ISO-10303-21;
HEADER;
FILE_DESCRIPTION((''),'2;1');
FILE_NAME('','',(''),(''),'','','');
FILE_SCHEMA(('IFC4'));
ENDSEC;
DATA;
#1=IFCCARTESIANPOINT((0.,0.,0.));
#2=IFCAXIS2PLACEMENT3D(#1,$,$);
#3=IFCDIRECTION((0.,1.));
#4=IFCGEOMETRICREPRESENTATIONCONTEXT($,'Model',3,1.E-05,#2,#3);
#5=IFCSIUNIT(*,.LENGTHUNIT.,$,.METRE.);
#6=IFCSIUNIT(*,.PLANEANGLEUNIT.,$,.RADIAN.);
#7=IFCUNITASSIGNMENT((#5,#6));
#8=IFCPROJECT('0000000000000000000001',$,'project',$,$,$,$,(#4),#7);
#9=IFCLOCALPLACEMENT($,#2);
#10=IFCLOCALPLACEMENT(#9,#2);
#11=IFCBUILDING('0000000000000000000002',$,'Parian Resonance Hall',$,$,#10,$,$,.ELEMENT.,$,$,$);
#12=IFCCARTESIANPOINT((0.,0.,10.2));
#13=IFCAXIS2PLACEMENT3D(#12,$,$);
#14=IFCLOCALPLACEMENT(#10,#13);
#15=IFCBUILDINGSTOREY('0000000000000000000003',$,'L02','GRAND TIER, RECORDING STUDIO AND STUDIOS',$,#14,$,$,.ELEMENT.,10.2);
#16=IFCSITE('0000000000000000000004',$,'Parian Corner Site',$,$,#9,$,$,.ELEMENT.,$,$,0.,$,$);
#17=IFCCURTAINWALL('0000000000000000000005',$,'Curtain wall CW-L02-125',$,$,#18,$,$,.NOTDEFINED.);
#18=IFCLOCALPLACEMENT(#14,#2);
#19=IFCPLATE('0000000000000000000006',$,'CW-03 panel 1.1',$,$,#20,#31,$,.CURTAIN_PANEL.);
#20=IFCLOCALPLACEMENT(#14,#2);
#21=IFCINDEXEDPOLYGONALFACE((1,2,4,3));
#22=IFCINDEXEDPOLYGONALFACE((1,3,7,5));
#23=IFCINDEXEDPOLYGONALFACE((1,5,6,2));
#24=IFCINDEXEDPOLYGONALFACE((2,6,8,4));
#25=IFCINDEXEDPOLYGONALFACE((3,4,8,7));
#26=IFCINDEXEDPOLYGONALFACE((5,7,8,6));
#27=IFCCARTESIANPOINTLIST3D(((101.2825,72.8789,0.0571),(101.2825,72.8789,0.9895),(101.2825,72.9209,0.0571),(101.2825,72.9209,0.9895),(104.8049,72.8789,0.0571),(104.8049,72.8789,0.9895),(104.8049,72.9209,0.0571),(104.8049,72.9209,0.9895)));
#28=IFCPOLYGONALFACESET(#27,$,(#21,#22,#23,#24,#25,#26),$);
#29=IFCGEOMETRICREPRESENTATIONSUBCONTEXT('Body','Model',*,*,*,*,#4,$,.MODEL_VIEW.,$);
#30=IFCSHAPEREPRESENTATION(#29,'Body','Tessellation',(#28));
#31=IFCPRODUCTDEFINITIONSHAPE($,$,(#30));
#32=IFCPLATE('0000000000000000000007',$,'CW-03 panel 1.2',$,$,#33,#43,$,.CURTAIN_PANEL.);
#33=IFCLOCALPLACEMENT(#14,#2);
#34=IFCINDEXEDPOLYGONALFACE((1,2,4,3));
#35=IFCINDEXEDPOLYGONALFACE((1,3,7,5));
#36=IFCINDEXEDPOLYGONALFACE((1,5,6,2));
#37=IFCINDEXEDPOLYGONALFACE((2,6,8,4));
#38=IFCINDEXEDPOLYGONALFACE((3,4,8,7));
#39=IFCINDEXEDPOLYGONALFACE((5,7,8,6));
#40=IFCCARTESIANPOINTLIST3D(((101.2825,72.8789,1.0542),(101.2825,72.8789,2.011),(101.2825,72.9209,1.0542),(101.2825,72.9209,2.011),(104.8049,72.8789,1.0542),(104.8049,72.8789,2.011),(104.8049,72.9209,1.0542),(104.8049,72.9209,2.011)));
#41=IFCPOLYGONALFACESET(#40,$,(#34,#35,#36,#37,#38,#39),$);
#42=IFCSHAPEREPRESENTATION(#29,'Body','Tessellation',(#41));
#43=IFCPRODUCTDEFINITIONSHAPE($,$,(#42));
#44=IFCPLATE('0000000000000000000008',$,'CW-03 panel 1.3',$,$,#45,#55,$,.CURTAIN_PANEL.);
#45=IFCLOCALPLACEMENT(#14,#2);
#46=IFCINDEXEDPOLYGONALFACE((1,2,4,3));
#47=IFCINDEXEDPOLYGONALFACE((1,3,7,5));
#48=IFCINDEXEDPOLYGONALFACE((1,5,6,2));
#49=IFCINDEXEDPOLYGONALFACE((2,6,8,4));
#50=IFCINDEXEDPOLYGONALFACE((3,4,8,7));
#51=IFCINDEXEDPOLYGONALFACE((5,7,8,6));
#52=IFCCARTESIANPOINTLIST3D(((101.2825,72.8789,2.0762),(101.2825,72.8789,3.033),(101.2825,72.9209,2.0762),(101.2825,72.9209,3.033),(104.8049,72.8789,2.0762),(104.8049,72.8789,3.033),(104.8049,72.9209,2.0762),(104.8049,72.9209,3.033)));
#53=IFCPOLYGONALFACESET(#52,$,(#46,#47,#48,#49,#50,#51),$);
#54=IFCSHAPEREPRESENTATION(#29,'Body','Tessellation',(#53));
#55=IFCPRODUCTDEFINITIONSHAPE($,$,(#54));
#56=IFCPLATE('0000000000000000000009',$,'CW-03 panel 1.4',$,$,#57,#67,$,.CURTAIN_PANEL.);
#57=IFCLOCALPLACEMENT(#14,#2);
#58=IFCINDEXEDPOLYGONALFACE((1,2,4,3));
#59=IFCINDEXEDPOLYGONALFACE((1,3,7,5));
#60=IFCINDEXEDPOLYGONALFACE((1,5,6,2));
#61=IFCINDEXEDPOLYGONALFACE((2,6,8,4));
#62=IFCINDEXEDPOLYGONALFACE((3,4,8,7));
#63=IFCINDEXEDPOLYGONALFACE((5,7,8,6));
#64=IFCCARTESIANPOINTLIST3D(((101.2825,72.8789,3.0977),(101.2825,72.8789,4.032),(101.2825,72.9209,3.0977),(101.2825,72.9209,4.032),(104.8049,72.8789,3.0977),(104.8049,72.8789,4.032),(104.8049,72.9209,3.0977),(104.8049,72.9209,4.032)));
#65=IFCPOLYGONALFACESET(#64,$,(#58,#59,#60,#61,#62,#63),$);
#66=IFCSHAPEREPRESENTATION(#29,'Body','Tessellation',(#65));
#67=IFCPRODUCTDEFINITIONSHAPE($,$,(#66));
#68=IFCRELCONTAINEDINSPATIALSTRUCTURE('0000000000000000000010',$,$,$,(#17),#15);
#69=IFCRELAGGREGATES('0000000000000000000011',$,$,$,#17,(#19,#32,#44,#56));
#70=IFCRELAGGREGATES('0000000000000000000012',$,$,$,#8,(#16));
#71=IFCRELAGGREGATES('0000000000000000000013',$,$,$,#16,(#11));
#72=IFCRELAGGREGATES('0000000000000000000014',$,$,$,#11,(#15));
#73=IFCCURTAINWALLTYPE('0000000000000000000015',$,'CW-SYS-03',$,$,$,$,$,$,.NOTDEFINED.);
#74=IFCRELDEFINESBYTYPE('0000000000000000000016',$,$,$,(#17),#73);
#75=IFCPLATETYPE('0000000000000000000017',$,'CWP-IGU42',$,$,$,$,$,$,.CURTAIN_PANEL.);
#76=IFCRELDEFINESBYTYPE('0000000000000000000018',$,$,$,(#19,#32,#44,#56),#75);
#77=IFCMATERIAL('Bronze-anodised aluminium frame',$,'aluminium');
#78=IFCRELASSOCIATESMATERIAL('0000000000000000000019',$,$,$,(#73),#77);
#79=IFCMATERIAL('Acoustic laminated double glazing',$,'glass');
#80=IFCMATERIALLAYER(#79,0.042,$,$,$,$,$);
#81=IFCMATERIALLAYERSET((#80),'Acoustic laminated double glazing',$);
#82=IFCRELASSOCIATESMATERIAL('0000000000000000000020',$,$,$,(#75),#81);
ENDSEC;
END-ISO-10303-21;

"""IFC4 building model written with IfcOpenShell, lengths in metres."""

from ifc_helpers import new_model, si_unit, direction, frame, origin, origin_2d, place, context, subcontext, project, spatial, rectangle, extrude, material, layer, layer_set, type_object, element, aggregate, save


model = new_model("IFC4")

# Units and contexts
model_context = context("Model", 3, precision=1e-05, world=origin(), true_north=direction((0.0, 1.0)))
body_context = subcontext(model_context, "Body", "Model", "MODEL_VIEW")
ifc_project = project(units=[si_unit("LENGTHUNIT", "METRE"), si_unit("PLANEANGLEUNIT", "RADIAN")], contexts=[model_context])

# Site, building, storey
site_placement = place(None, origin())
site = spatial("IfcSite", under=ifc_project, at=site_placement, Name="Parian Corner Site", CompositionType="ELEMENT", RefElevation=0.0)
building_placement = place(site_placement, origin())
building = spatial("IfcBuilding", under=site, at=building_placement, Name="Parian Resonance Hall", CompositionType="ELEMENT")
storey_placement = place(building_placement, frame((0.0, 0.0, 10.2)))
storey = spatial("IfcBuildingStorey", under=building, at=storey_placement, Name="L02", Description="GRAND TIER, RECORDING STUDIO AND STUDIOS", CompositionType="ELEMENT", Elevation=10.2)

# Curtain wall
ifc_material_1 = material(Name="Bronze-anodised aluminium frame", Category="aluminium")
curtain_wall_type_1 = type_object("IfcCurtainWallType", Name="CW-SYS-03", PredefinedType="NOTDEFINED", material=ifc_material_1)
curtain_wall_1_placement = place(storey_placement, origin())
curtain_wall_1 = element("IfcCurtainWall", 1, at=curtain_wall_1_placement, inside=storey, type_object=curtain_wall_type_1, Name="Curtain wall CW-L02-125", PredefinedType="NOTDEFINED")

# Plates
ifc_material_2 = material(Name="Acoustic laminated double glazing", Category="glass")
ifc_layer_1 = layer(ifc_material_2, 0.042)
ifc_layer_set_1 = layer_set([ifc_layer_1], Name="Acoustic laminated double glazing")
plate_type_1 = type_object("IfcPlateType", Name="CWP-IGU42", PredefinedType="CURTAIN_PANEL", material=ifc_layer_set_1)
plate_1_placement = place(storey_placement, frame((103.0437, 72.8999, 0.0571), z_axis=(0.0, 0.0, 1.0), x_axis=(-1.0, 0.0, 0.0)))
plate_1 = element("IfcPlate", 2, at=plate_1_placement, type_object=plate_type_1, Name="CW-03 panel 1.1", PredefinedType="CURTAIN_PANEL", context=body_context, shape_type="SweptSolid", body=[
    extrude(rectangle(XDim=3.5225, YDim=0.042, at=origin_2d()), origin(), (0.0, 0.0, 1.0), 0.9324),
])
plate_2_placement = place(storey_placement, frame((103.0437, 72.8999, 1.0542), z_axis=(0.0, 0.0, 1.0), x_axis=(-1.0, 0.0, 0.0)))
plate_2 = element("IfcPlate", 3, at=plate_2_placement, type_object=plate_type_1, Name="CW-03 panel 1.2", PredefinedType="CURTAIN_PANEL", context=body_context, shape_type="SweptSolid", body=[
    extrude(rectangle(XDim=3.5225, YDim=0.042, at=origin_2d()), origin(), (0.0, 0.0, 1.0), 0.9568),
])
plate_3_placement = place(storey_placement, frame((103.0437, 72.8999, 2.0762), z_axis=(0.0, 0.0, 1.0), x_axis=(-1.0, 0.0, 0.0)))
plate_3 = element("IfcPlate", 4, at=plate_3_placement, type_object=plate_type_1, Name="CW-03 panel 1.3", PredefinedType="CURTAIN_PANEL", context=body_context, shape_type="SweptSolid", body=[
    extrude(rectangle(XDim=3.5225, YDim=0.042, at=origin_2d()), origin(), (0.0, 0.0, 1.0), 0.9568),
])
plate_4_placement = place(storey_placement, frame((103.0437, 72.8999, 3.0977), z_axis=(0.0, 0.0, 1.0), x_axis=(-1.0, 0.0, 0.0)))
plate_4 = element("IfcPlate", 5, at=plate_4_placement, type_object=plate_type_1, Name="CW-03 panel 1.4", PredefinedType="CURTAIN_PANEL", context=body_context, shape_type="SweptSolid", body=[
    extrude(rectangle(XDim=3.5225, YDim=0.042, at=origin_2d()), origin(), (0.0, 0.0, 1.0), 0.9343),
])
aggregate(curtain_wall_1, [plate_1, plate_2, plate_3, plate_4])

save(model, "model.ifc")
